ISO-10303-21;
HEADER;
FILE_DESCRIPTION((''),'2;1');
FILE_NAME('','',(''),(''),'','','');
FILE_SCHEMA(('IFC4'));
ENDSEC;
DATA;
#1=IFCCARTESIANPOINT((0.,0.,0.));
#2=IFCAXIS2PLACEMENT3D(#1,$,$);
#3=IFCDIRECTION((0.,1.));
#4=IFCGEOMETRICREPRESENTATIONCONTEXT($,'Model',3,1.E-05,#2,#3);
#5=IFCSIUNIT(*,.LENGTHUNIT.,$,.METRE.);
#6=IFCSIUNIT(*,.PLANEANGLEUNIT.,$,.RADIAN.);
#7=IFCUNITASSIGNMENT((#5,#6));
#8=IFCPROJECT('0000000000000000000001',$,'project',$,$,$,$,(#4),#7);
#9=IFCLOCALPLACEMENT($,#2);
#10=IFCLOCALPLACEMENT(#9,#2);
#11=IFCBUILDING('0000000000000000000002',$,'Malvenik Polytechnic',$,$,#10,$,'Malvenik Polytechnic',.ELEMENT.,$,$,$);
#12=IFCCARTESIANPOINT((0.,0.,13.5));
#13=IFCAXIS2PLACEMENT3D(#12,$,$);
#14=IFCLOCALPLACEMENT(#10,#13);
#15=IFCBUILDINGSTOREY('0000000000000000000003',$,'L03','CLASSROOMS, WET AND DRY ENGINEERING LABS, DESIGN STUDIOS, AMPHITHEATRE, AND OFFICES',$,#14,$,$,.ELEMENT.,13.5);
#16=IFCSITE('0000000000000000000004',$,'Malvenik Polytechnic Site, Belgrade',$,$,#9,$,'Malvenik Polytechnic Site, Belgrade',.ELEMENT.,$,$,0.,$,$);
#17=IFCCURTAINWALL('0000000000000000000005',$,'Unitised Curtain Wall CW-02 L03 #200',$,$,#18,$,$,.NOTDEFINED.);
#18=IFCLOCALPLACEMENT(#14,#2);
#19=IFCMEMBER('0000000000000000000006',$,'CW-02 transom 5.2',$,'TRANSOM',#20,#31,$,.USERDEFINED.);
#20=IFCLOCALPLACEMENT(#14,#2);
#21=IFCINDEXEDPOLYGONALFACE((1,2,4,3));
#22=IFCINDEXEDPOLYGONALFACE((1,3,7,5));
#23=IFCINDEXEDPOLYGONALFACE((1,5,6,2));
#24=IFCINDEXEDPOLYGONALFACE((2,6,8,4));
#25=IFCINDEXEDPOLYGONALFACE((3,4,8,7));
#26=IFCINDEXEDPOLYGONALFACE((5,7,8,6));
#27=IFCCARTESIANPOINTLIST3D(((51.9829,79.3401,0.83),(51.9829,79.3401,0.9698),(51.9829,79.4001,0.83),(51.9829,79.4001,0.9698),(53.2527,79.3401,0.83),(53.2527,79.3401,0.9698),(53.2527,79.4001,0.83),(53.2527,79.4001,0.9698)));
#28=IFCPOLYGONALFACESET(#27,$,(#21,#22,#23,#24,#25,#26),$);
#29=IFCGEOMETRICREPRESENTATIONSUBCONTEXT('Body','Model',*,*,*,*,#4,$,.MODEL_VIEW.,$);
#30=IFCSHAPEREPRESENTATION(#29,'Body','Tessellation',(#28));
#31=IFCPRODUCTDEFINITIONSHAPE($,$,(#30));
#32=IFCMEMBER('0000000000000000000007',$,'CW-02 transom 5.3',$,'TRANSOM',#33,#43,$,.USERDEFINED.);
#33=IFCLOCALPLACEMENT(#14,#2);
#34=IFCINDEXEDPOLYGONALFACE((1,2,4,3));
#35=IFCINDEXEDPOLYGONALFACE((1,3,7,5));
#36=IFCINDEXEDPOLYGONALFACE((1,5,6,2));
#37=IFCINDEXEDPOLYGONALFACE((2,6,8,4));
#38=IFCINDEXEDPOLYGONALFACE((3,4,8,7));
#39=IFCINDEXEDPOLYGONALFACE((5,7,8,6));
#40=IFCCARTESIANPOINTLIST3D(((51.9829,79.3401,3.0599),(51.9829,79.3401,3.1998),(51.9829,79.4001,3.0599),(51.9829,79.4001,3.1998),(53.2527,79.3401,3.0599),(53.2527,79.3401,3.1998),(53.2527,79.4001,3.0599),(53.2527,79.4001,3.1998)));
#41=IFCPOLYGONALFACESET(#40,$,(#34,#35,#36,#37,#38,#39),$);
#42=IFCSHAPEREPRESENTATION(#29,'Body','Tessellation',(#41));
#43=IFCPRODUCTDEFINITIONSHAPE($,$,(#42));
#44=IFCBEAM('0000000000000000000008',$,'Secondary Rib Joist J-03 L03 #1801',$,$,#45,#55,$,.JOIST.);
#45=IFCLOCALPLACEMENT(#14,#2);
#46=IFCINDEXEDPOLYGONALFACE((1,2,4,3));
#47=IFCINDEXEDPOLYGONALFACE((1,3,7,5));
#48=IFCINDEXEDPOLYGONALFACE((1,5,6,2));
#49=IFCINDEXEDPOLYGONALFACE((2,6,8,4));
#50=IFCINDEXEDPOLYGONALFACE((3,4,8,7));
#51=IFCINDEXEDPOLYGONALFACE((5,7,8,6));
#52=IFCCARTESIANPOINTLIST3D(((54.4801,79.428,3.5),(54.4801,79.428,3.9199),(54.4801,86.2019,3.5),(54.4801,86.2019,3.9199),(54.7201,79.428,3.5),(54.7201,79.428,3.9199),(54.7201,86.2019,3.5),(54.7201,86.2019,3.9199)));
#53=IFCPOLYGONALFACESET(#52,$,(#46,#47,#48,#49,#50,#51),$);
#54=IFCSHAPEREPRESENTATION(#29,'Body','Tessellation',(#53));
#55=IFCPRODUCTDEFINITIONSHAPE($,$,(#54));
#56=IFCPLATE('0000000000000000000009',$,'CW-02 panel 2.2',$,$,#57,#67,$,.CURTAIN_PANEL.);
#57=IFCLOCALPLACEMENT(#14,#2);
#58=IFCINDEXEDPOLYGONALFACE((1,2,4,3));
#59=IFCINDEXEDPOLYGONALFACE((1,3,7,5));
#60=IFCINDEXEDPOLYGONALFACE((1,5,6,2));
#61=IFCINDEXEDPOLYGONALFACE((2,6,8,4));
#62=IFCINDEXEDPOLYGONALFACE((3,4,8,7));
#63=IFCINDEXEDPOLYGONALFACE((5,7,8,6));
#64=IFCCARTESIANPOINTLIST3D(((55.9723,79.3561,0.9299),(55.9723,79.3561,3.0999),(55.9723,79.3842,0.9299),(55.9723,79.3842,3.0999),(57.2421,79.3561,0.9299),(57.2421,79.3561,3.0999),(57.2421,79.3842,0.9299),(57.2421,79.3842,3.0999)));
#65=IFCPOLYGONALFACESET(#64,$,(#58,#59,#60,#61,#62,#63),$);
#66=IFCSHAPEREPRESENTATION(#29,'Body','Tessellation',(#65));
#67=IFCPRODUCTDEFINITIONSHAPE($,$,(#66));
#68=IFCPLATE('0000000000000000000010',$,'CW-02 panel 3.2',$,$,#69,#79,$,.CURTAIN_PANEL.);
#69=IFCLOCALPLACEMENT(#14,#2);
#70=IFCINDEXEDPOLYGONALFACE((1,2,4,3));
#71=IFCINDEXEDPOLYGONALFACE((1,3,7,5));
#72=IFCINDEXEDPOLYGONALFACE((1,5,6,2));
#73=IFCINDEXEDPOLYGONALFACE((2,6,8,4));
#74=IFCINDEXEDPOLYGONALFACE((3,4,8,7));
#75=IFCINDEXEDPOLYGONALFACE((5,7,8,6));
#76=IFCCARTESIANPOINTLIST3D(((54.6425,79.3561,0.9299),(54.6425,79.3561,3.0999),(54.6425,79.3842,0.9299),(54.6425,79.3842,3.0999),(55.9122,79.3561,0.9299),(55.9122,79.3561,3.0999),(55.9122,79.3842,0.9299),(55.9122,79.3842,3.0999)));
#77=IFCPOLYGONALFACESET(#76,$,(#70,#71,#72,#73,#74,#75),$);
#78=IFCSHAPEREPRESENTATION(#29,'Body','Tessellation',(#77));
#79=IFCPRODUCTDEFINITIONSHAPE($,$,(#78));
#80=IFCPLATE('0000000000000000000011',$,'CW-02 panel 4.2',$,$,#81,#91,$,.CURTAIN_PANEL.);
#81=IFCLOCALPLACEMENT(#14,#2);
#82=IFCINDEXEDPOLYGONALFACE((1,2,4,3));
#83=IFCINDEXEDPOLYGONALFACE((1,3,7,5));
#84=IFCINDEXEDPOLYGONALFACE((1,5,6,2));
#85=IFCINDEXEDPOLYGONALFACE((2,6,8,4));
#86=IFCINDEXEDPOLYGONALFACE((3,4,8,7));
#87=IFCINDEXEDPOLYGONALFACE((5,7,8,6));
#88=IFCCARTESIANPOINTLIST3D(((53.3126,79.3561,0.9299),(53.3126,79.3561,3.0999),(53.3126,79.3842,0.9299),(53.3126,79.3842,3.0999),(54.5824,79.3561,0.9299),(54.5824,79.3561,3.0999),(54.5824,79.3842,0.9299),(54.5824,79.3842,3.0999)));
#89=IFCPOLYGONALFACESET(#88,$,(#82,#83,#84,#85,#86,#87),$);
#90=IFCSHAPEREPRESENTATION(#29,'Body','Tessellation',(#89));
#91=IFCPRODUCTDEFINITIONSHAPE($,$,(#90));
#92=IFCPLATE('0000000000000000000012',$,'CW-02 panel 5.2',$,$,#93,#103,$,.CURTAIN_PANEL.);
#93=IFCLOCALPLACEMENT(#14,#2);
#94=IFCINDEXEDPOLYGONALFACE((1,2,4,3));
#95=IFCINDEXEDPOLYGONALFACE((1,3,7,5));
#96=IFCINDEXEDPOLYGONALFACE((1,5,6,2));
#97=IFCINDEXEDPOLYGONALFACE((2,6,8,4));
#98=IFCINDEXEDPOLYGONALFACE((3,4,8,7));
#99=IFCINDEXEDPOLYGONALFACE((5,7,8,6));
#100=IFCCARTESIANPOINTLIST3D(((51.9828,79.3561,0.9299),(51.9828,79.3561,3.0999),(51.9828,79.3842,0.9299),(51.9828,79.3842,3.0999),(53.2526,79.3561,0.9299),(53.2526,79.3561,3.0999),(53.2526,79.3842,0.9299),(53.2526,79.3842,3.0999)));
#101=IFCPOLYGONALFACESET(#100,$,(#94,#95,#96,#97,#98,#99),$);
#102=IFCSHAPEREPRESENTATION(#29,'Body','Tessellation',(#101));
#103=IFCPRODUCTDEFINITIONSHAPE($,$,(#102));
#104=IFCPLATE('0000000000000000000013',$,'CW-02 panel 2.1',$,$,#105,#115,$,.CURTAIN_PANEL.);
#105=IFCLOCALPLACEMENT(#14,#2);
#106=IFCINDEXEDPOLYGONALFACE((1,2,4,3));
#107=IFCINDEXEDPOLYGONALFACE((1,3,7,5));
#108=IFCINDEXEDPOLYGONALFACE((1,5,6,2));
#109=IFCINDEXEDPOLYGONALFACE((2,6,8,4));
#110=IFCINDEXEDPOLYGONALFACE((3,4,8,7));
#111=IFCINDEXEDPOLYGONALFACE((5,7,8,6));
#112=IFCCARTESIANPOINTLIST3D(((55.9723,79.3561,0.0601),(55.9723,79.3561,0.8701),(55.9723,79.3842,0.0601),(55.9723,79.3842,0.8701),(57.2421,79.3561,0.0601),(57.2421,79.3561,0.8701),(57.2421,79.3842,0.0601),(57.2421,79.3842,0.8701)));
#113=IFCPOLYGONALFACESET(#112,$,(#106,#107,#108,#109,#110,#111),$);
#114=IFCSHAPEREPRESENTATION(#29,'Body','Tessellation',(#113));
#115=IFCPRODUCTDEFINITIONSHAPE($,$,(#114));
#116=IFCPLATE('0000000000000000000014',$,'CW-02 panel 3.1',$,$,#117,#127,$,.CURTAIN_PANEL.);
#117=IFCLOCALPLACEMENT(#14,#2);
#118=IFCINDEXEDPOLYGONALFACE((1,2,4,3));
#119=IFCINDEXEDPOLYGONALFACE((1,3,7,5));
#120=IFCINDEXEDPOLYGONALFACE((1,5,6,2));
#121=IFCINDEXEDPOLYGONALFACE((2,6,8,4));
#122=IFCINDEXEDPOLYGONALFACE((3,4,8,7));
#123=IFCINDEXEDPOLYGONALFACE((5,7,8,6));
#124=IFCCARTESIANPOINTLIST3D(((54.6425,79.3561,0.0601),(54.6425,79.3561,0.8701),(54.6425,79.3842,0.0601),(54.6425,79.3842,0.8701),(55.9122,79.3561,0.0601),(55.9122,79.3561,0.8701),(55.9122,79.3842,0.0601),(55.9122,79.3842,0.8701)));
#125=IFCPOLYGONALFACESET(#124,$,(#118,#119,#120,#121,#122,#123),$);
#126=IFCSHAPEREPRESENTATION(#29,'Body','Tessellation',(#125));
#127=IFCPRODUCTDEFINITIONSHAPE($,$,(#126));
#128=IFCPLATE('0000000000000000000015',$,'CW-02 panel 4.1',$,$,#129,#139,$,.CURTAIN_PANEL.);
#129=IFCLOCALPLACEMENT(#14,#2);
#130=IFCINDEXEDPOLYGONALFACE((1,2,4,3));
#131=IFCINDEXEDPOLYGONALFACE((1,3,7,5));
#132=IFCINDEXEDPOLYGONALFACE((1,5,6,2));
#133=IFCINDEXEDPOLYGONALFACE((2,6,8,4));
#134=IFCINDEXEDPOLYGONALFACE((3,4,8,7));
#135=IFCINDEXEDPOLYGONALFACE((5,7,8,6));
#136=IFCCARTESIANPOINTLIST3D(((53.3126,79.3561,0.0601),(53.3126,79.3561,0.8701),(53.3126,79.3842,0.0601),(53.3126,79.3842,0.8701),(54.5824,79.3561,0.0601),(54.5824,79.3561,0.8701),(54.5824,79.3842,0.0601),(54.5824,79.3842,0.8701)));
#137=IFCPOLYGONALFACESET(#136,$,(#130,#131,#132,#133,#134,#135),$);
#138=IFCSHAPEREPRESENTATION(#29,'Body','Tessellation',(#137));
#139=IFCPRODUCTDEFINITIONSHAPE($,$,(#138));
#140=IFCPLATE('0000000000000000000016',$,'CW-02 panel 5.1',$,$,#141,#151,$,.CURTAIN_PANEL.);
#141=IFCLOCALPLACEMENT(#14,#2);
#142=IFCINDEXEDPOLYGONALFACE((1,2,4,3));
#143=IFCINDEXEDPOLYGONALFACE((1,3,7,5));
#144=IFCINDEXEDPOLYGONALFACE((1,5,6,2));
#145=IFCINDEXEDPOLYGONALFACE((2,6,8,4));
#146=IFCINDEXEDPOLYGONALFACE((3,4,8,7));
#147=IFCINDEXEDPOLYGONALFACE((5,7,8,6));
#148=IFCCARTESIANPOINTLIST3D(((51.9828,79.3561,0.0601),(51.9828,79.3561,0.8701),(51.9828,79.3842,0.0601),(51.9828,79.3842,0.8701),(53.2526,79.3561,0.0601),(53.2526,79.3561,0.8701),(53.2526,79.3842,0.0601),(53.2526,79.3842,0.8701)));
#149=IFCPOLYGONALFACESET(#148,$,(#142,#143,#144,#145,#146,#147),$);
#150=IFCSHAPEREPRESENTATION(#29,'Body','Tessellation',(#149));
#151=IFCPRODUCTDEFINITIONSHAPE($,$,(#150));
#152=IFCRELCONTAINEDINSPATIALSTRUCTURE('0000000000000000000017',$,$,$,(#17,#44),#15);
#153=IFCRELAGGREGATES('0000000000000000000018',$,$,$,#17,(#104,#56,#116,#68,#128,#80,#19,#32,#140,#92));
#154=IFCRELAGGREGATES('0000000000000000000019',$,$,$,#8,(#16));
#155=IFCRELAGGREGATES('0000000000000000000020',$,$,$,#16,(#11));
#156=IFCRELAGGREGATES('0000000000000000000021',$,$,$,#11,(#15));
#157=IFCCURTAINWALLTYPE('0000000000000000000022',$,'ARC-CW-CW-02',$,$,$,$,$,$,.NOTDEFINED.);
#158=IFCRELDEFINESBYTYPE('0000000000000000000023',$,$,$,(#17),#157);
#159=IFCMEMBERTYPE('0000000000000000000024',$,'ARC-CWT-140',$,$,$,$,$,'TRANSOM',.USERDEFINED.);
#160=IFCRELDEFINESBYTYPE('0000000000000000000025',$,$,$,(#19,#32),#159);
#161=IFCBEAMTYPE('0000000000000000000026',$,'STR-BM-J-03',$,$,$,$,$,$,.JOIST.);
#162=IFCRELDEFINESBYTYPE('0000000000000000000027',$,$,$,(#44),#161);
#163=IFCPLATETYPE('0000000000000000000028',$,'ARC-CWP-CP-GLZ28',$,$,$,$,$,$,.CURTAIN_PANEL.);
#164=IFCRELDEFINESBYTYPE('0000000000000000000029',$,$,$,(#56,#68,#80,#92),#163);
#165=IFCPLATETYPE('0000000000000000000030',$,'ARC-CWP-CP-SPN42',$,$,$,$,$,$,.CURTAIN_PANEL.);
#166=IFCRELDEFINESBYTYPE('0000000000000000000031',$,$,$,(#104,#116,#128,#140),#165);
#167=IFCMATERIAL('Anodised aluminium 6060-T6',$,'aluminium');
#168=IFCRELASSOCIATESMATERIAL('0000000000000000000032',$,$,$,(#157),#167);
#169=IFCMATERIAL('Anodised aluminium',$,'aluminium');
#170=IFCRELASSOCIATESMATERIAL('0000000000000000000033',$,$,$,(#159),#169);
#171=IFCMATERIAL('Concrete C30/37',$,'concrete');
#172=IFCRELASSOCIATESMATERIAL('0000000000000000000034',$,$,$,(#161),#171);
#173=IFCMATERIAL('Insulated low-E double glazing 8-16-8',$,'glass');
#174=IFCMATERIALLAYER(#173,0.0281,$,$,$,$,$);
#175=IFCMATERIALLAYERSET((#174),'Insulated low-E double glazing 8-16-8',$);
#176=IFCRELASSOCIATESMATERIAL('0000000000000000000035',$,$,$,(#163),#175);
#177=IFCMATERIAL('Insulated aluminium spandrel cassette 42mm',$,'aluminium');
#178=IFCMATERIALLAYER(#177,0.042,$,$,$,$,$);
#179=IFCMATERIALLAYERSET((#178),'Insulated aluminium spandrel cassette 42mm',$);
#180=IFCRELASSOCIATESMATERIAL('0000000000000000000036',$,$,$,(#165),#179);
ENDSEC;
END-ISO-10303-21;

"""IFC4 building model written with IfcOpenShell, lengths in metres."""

from ifc_helpers import new_model, si_unit, direction, frame, origin, origin_2d, place, context, subcontext, project, spatial, rectangle, extrude, material, layer, layer_set, material_profile, profile_set, type_object, element, aggregate, save


model = new_model("IFC4")

# Units and contexts
model_context = context("Model", 3, precision=1e-05, world=origin(), true_north=direction((0.0, 1.0)))
body_context = subcontext(model_context, "Body", "Model", "MODEL_VIEW")
ifc_project = project(units=[si_unit("LENGTHUNIT", "METRE"), si_unit("PLANEANGLEUNIT", "RADIAN")], contexts=[model_context])

# Site, building, storey
site_placement = place(None, origin())
site = spatial("IfcSite", under=ifc_project, at=site_placement, Name="Malvenik Polytechnic Site, Belgrade", LongName="Malvenik Polytechnic Site, Belgrade", CompositionType="ELEMENT", RefElevation=0.0)
building_placement = place(site_placement, origin())
building = spatial("IfcBuilding", under=site, at=building_placement, Name="Malvenik Polytechnic", LongName="Malvenik Polytechnic", CompositionType="ELEMENT")
storey_placement = place(building_placement, frame((0.0, 0.0, 13.5)))
storey = spatial("IfcBuildingStorey", under=building, at=storey_placement, Name="L03", Description="CLASSROOMS, WET AND DRY ENGINEERING LABS, DESIGN STUDIOS, AMPHITHEATRE, AND OFFICES", CompositionType="ELEMENT", Elevation=13.5)

# Curtain wall, members
ifc_material_1 = material(Name="Anodised aluminium 6060-T6", Category="aluminium")
curtain_wall_type = type_object("IfcCurtainWallType", Name="ARC-CW-CW-02", PredefinedType="NOTDEFINED", material=ifc_material_1)
curtain_wall_placement = place(storey_placement, origin())
curtain_wall = element("IfcCurtainWall", 1, at=curtain_wall_placement, inside=storey, type_object=curtain_wall_type, Name="Unitised Curtain Wall CW-02 L03 #200", PredefinedType="NOTDEFINED")
ifc_material_2 = material(Name="Anodised aluminium", Category="aluminium")
ifc_material_profile_1 = material_profile(ifc_material_2, rectangle(XDim=0.0601, YDim=0.1399, at=origin_2d()), Name="ALU TRANSOM 60x140")
ifc_profile_set_1 = profile_set([ifc_material_profile_1], Name="Anodised aluminium")
member_type_1 = type_object("IfcMemberType", Name="ARC-CWT-140", ElementType="TRANSOM", PredefinedType="USERDEFINED", material=ifc_profile_set_1)
member_1_placement = place(storey_placement, frame((53.2527, 79.3701, 0.8999), z_axis=(-1.0, 0.0, 0.0), x_axis=(0.0, -1.0, 0.0)))
member_1 = element("IfcMember", 2, at=member_1_placement, type_object=member_type_1, Name="CW-02 transom 5.2", ObjectType="TRANSOM", PredefinedType="USERDEFINED", context=body_context, shape_type="SweptSolid", body=[
    extrude(rectangle(XDim=0.0601, YDim=0.1399, at=origin_2d()), origin(), (0.0, 0.0, 1.0), 1.2698),
])
member_2_placement = place(storey_placement, frame((53.2527, 79.3701, 3.1299), z_axis=(-1.0, 0.0, 0.0), x_axis=(0.0, -1.0, 0.0)))
member_2 = element("IfcMember", 3, at=member_2_placement, type_object=member_type_1, Name="CW-02 transom 5.3", ObjectType="TRANSOM", PredefinedType="USERDEFINED", context=body_context, shape_type="SweptSolid", body=[
    extrude(rectangle(XDim=0.0601, YDim=0.1399, at=origin_2d()), origin(), (0.0, 0.0, 1.0), 1.2698),
])

# Beam
ifc_material_3 = material(Name="Concrete C30/37", Category="concrete")
ifc_material_profile_2 = material_profile(ifc_material_3, rectangle(XDim=0.24, YDim=0.4199, at=origin_2d()), Name="RC JST 240x420")
ifc_profile_set_2 = profile_set([ifc_material_profile_2], Name="Concrete C30/37")
beam_type = type_object("IfcBeamType", Name="STR-BM-J-03", PredefinedType="JOIST", material=ifc_profile_set_2)
beam_placement = place(storey_placement, frame((54.6001, 79.428, 3.71), z_axis=(0.0, 1.0, 0.0), x_axis=(-1.0, 0.0, 0.0)))
element("IfcBeam", 4, at=beam_placement, inside=storey, type_object=beam_type, Name="Secondary Rib Joist J-03 L03 #1801", PredefinedType="JOIST", context=body_context, shape_type="SweptSolid", body=[
    extrude(rectangle(XDim=0.24, YDim=0.4199, at=origin_2d()), origin(), (0.0, 0.0, 1.0), 6.7739),
])

# Plates
ifc_material_4 = material(Name="Insulated low-E double glazing 8-16-8", Category="glass")
ifc_layer_1 = layer(ifc_material_4, 0.0281)
ifc_layer_set_1 = layer_set([ifc_layer_1], Name="Insulated low-E double glazing 8-16-8")
plate_type_1 = type_object("IfcPlateType", Name="ARC-CWP-CP-GLZ28", PredefinedType="CURTAIN_PANEL", material=ifc_layer_set_1)
plate_1_placement = place(storey_placement, frame((56.6072, 79.3701, 0.9299), z_axis=(0.0, 0.0, 1.0), x_axis=(-1.0, 0.0, 0.0)))
plate_1 = element("IfcPlate", 5, at=plate_1_placement, type_object=plate_type_1, Name="CW-02 panel 2.2", PredefinedType="CURTAIN_PANEL", context=body_context, shape_type="SweptSolid", body=[
    extrude(rectangle(XDim=1.2698, YDim=0.0281, at=origin_2d()), origin(), (0.0, 0.0, 1.0), 2.1699),
])
plate_2_placement = place(storey_placement, frame((55.2773, 79.3701, 0.9299), z_axis=(0.0, 0.0, 1.0), x_axis=(-1.0, 0.0, 0.0)))
plate_2 = element("IfcPlate", 6, at=plate_2_placement, type_object=plate_type_1, Name="CW-02 panel 3.2", PredefinedType="CURTAIN_PANEL", context=body_context, shape_type="SweptSolid", body=[
    extrude(rectangle(XDim=1.2698, YDim=0.0281, at=origin_2d()), origin(), (0.0, 0.0, 1.0), 2.1699),
])
plate_3_placement = place(storey_placement, frame((53.9475, 79.3701, 0.9299), z_axis=(0.0, 0.0, 1.0), x_axis=(-1.0, 0.0, 0.0)))
plate_3 = element("IfcPlate", 7, at=plate_3_placement, type_object=plate_type_1, Name="CW-02 panel 4.2", PredefinedType="CURTAIN_PANEL", context=body_context, shape_type="SweptSolid", body=[
    extrude(rectangle(XDim=1.2698, YDim=0.0281, at=origin_2d()), origin(), (0.0, 0.0, 1.0), 2.1699),
])
plate_4_placement = place(storey_placement, frame((52.6177, 79.3701, 0.9299), z_axis=(0.0, 0.0, 1.0), x_axis=(-1.0, 0.0, 0.0)))
plate_4 = element("IfcPlate", 8, at=plate_4_placement, type_object=plate_type_1, Name="CW-02 panel 5.2", PredefinedType="CURTAIN_PANEL", context=body_context, shape_type="SweptSolid", body=[
    extrude(rectangle(XDim=1.2698, YDim=0.0281, at=origin_2d()), origin(), (0.0, 0.0, 1.0), 2.1699),
])
ifc_material_5 = material(Name="Insulated aluminium spandrel cassette 42mm", Category="aluminium")
ifc_layer_2 = layer(ifc_material_5, 0.042)
ifc_layer_set_2 = layer_set([ifc_layer_2], Name="Insulated aluminium spandrel cassette 42mm")
plate_type_2 = type_object("IfcPlateType", Name="ARC-CWP-CP-SPN42", PredefinedType="CURTAIN_PANEL", material=ifc_layer_set_2)
plate_5_placement = place(storey_placement, frame((56.6072, 79.3701, 0.0601), z_axis=(0.0, 0.0, 1.0), x_axis=(-1.0, 0.0, 0.0)))
plate_5 = element("IfcPlate", 9, at=plate_5_placement, type_object=plate_type_2, Name="CW-02 panel 2.1", PredefinedType="CURTAIN_PANEL", context=body_context, shape_type="SweptSolid", body=[
    extrude(rectangle(XDim=1.2698, YDim=0.0281, at=origin_2d()), origin(), (0.0, 0.0, 1.0), 0.8101),
])
plate_6_placement = place(storey_placement, frame((55.2773, 79.3701, 0.0601), z_axis=(0.0, 0.0, 1.0), x_axis=(-1.0, 0.0, 0.0)))
plate_6 = element("IfcPlate", 10, at=plate_6_placement, type_object=plate_type_2, Name="CW-02 panel 3.1", PredefinedType="CURTAIN_PANEL", context=body_context, shape_type="SweptSolid", body=[
    extrude(rectangle(XDim=1.2698, YDim=0.0281, at=origin_2d()), origin(), (0.0, 0.0, 1.0), 0.8101),
])
plate_7_placement = place(storey_placement, frame((53.9475, 79.3701, 0.0601), z_axis=(0.0, 0.0, 1.0), x_axis=(-1.0, 0.0, 0.0)))
plate_7 = element("IfcPlate", 11, at=plate_7_placement, type_object=plate_type_2, Name="CW-02 panel 4.1", PredefinedType="CURTAIN_PANEL", context=body_context, shape_type="SweptSolid", body=[
    extrude(rectangle(XDim=1.2698, YDim=0.0281, at=origin_2d()), origin(), (0.0, 0.0, 1.0), 0.8101),
])
plate_8_placement = place(storey_placement, frame((52.6177, 79.3701, 0.0601), z_axis=(0.0, 0.0, 1.0), x_axis=(-1.0, 0.0, 0.0)))
plate_8 = element("IfcPlate", 12, at=plate_8_placement, type_object=plate_type_2, Name="CW-02 panel 5.1", PredefinedType="CURTAIN_PANEL", context=body_context, shape_type="SweptSolid", body=[
    extrude(rectangle(XDim=1.2698, YDim=0.0281, at=origin_2d()), origin(), (0.0, 0.0, 1.0), 0.8101),
])
aggregate(curtain_wall, [plate_5, plate_1, plate_6, plate_2, plate_7, plate_3, member_1, member_2, plate_8, plate_4])

save(model, "model.ifc")
